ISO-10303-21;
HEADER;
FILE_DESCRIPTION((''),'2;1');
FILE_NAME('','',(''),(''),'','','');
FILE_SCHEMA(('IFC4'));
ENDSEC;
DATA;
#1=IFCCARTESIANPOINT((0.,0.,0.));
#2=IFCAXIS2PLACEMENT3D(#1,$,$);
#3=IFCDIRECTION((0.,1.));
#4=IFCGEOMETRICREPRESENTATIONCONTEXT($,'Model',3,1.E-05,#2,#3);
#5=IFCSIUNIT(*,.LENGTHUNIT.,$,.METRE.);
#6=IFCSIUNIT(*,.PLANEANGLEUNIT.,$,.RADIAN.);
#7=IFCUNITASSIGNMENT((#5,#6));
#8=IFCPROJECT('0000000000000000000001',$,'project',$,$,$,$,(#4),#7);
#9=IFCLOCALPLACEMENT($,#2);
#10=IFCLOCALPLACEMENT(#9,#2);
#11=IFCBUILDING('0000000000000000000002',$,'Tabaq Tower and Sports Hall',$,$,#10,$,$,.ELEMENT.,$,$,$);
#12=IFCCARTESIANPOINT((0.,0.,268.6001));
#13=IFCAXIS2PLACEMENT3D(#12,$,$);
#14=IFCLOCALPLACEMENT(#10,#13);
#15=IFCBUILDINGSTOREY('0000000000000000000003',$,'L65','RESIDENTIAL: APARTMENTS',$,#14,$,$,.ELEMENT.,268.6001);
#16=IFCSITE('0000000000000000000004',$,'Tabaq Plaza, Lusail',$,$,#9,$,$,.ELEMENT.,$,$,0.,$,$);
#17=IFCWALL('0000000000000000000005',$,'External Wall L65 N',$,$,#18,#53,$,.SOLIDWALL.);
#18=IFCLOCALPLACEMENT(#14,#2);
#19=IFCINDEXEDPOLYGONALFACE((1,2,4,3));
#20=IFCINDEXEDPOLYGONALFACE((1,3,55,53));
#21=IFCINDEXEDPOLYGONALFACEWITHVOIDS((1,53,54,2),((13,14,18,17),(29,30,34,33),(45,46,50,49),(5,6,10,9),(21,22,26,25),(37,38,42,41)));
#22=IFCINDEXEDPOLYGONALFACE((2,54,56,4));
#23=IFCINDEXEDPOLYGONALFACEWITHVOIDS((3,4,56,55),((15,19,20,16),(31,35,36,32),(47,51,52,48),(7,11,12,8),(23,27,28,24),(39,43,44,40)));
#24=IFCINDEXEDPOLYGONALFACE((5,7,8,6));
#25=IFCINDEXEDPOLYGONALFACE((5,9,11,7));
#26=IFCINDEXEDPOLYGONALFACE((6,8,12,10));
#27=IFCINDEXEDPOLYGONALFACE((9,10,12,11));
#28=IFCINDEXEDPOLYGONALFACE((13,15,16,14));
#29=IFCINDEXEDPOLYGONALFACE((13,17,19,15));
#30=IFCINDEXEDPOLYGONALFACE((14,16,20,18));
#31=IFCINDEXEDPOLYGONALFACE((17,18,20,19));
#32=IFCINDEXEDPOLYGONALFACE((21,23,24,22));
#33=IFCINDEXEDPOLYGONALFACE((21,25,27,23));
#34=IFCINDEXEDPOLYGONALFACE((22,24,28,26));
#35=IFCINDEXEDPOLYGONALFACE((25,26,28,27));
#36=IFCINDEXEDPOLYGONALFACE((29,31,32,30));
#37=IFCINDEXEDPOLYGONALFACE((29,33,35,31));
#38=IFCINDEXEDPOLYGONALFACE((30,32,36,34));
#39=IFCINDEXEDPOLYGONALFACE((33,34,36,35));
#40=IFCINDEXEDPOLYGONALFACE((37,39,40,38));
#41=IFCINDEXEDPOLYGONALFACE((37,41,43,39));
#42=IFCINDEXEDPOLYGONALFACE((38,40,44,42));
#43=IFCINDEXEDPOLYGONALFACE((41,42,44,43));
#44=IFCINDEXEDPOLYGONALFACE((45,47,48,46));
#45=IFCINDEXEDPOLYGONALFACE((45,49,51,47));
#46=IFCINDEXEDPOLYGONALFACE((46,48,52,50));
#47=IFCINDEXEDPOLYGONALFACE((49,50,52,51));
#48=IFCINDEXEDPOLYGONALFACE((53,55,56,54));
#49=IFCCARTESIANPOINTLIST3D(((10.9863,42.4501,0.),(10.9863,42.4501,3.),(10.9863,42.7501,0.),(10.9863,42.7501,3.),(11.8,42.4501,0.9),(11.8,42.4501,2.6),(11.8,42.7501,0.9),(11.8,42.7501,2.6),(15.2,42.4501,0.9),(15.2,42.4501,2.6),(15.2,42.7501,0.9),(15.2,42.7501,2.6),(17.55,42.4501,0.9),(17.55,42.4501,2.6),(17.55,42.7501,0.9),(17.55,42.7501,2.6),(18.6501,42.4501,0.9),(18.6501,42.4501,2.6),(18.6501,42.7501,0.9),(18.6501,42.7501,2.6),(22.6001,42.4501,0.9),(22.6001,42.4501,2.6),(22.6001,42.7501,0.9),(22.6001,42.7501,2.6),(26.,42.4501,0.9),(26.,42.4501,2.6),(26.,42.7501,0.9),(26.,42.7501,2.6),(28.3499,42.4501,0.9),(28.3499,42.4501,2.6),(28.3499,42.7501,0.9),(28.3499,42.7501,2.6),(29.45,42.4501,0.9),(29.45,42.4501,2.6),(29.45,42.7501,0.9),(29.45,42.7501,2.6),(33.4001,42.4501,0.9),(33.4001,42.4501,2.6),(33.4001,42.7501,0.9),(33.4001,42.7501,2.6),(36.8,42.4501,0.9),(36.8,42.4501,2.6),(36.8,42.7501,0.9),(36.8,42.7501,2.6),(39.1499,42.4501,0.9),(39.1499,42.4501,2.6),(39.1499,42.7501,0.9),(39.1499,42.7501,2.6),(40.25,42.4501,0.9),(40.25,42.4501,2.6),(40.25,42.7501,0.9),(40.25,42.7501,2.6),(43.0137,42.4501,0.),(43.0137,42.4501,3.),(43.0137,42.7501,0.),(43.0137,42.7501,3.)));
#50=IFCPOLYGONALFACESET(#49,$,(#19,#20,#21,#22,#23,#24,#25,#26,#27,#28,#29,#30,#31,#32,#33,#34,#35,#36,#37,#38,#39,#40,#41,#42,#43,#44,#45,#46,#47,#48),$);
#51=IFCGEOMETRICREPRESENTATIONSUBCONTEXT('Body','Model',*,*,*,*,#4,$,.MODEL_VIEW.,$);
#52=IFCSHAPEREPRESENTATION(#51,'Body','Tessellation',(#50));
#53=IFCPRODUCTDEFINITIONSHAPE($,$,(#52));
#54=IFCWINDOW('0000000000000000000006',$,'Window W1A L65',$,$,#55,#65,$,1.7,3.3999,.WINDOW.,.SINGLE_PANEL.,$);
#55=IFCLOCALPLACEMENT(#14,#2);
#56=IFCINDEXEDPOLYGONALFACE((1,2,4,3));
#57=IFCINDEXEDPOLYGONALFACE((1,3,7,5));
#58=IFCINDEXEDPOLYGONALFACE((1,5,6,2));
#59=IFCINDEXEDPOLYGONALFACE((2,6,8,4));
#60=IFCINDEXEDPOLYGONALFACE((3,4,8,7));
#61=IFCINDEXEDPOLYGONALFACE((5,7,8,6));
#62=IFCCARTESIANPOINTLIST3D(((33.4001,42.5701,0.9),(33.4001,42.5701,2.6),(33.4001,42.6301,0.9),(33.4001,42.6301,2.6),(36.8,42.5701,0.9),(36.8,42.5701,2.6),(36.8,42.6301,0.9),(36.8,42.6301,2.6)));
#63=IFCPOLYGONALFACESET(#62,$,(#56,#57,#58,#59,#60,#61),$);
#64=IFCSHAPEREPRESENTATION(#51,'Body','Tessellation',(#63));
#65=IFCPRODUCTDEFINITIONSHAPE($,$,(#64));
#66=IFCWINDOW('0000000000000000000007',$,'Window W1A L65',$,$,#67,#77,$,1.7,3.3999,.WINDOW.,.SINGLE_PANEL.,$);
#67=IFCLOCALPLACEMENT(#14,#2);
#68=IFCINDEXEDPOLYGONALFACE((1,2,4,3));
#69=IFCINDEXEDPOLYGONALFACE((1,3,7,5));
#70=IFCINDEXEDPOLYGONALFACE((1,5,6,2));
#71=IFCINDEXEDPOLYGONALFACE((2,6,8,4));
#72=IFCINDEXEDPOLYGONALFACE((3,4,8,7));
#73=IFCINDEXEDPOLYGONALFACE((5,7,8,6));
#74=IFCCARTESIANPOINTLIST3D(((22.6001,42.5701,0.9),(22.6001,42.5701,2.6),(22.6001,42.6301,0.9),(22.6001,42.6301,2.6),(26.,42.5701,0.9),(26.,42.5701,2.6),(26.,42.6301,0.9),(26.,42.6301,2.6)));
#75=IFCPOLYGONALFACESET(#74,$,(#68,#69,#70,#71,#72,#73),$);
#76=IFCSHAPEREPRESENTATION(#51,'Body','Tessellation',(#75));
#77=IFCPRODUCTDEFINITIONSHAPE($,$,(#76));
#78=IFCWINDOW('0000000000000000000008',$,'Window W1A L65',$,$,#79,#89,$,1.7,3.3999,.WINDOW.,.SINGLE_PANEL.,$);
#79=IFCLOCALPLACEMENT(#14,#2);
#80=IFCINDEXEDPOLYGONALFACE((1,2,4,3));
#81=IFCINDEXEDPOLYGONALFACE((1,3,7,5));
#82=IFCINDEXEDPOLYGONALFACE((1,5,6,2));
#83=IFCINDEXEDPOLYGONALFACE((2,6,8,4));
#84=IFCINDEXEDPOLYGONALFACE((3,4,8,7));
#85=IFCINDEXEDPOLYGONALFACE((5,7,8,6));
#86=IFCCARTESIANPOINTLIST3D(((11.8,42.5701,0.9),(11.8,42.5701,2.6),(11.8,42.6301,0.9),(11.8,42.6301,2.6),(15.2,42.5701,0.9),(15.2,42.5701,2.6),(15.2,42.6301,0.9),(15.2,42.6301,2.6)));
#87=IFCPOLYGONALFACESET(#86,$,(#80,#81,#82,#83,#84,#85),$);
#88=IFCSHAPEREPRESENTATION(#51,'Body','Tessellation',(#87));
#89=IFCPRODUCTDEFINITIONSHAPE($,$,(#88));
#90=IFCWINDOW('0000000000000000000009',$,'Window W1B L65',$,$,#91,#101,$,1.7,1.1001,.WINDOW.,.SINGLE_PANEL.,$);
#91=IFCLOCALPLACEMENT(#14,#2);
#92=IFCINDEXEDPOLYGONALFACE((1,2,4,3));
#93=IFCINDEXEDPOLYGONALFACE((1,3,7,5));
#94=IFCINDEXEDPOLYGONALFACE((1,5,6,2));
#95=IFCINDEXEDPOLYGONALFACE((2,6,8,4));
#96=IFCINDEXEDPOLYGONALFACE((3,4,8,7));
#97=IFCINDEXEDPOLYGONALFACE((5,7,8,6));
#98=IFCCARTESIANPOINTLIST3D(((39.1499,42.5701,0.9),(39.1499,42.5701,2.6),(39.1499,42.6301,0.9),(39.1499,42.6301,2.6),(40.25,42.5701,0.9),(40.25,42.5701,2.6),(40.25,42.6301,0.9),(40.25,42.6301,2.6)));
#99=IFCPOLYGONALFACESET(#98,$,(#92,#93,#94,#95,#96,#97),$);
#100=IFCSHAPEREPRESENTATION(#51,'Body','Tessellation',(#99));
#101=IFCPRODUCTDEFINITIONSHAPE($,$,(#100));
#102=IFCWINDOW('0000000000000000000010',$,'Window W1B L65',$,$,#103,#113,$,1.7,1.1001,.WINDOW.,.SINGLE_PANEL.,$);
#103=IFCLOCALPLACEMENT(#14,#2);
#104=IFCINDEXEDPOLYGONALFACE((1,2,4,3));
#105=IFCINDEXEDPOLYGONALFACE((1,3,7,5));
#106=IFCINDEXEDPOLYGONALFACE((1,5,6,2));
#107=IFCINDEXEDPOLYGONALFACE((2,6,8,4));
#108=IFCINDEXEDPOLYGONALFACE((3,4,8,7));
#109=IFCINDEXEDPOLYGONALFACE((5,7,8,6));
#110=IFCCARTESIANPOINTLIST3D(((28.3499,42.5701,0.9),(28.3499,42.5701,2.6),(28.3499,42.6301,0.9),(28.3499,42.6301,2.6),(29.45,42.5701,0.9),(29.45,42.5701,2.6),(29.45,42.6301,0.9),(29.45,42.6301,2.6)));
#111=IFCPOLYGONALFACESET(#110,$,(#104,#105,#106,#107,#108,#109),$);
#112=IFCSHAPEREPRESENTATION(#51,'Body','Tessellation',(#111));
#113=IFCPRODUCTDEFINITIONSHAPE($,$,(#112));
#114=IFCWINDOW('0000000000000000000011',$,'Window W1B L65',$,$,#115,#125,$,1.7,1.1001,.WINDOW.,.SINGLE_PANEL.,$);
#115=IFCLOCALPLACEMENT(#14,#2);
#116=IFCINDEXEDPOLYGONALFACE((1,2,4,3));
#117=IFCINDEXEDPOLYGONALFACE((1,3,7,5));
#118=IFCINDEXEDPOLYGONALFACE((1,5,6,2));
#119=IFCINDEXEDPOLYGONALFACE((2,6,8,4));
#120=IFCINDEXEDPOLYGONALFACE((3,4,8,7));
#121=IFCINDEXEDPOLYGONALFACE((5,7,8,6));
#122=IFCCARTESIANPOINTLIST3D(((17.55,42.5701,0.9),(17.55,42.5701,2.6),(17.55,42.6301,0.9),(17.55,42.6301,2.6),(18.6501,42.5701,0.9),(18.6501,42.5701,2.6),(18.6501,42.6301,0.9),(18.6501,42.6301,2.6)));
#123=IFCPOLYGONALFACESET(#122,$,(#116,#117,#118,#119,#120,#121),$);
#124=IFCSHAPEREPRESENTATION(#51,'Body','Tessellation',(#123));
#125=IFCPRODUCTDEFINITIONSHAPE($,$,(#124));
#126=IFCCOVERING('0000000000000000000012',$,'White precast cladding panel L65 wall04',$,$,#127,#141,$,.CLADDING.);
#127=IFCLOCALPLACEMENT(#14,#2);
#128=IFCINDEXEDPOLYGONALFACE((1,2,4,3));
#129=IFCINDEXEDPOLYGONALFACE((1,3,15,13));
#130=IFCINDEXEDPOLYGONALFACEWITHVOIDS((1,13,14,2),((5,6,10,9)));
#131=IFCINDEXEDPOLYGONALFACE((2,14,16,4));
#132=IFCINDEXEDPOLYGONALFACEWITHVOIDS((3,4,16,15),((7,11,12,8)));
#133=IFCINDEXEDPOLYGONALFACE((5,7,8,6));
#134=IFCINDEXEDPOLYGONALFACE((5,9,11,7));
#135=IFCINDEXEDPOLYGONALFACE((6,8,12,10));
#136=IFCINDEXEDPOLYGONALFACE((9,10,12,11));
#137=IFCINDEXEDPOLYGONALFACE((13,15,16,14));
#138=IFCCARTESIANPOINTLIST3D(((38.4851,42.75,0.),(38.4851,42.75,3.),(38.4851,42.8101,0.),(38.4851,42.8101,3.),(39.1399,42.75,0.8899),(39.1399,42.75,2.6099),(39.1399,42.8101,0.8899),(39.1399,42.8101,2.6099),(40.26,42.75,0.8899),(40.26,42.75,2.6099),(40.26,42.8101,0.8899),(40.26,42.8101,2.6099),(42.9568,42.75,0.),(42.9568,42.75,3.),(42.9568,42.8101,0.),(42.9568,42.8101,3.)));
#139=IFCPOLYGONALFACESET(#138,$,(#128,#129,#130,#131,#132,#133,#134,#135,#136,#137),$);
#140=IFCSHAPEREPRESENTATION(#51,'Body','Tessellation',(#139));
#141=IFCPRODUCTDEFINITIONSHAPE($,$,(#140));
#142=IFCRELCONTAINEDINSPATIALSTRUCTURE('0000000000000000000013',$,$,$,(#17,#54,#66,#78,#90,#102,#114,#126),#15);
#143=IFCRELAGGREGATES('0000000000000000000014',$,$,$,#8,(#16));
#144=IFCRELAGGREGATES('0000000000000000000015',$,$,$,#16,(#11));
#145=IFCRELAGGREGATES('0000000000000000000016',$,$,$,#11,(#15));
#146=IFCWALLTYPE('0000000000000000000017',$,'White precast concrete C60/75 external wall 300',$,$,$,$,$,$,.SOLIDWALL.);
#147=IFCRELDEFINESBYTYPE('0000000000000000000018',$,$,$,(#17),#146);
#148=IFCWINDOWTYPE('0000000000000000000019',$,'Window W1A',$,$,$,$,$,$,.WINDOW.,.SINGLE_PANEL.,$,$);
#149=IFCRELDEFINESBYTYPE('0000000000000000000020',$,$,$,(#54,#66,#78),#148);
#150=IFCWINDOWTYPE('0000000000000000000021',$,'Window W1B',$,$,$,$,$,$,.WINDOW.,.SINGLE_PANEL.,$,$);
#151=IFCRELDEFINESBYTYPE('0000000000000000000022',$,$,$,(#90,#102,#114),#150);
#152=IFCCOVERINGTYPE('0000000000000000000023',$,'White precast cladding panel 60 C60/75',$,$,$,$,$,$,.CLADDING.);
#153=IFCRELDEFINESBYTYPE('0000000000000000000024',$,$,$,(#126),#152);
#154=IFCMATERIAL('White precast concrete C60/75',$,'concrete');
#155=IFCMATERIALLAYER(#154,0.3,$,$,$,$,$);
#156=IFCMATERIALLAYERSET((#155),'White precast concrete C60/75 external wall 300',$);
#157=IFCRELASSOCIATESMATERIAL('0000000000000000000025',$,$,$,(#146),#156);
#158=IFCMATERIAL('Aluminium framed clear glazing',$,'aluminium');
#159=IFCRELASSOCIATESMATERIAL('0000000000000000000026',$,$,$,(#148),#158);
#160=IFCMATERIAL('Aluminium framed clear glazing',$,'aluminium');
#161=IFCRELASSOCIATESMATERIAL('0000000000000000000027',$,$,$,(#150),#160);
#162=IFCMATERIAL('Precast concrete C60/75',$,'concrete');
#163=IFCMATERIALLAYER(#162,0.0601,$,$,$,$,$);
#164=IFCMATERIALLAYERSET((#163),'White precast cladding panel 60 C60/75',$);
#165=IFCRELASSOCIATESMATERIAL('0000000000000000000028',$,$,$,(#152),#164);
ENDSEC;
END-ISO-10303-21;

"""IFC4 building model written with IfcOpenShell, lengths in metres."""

from ifc_helpers import new_model, si_unit, direction, frame, frame_2d, origin, place, context, subcontext, project, spatial, polyline, rectangle, outline, extrude, material, layer, layer_set, type_object, element, fill, save


model = new_model("IFC4")

# Units and contexts
model_context = context("Model", 3, precision=1e-05, world=origin(), true_north=direction((0.0, 1.0)))
body_context = subcontext(model_context, "Body", "Model", "MODEL_VIEW")
ifc_project = project(units=[si_unit("LENGTHUNIT", "METRE"), si_unit("PLANEANGLEUNIT", "RADIAN")], contexts=[model_context])

# Site, building, storey
site_placement = place(None, origin())
site = spatial("IfcSite", under=ifc_project, at=site_placement, Name="Tabaq Plaza, Lusail", CompositionType="ELEMENT", RefElevation=0.0)
building_placement = place(site_placement, origin())
building = spatial("IfcBuilding", under=site, at=building_placement, Name="Tabaq Tower and Sports Hall", CompositionType="ELEMENT")
storey_placement = place(building_placement, frame((0.0, 0.0, 268.6001)))
storey = spatial("IfcBuildingStorey", under=building, at=storey_placement, Name="L65", Description="RESIDENTIAL: APARTMENTS", CompositionType="ELEMENT", Elevation=268.6001)

# Wall, openings, windows
ifc_material_1 = material(Name="White precast concrete C60/75", Category="concrete")
ifc_layer_1 = layer(ifc_material_1, 0.3)
ifc_layer_set_1 = layer_set([ifc_layer_1], Name="White precast concrete C60/75 external wall 300")
wall_type_1 = type_object("IfcWallType", Name="White precast concrete C60/75 external wall 300", PredefinedType="SOLIDWALL", material=ifc_layer_set_1)
wall_1_placement = place(storey_placement, frame((43.0137, 42.6001, 0.0), z_axis=(0.0, 0.0, 1.0), x_axis=(-1.0, 0.0, 0.0)))
wall_1 = element("IfcWall", 1, at=wall_1_placement, inside=storey, type_object=wall_type_1, Name="External Wall L65 N", PredefinedType="SOLIDWALL", context=body_context, shape_type="SweptSolid", body=[
    extrude(rectangle(XDim=32.0273, YDim=0.3, at=frame_2d((16.0137, 0.0))), origin(), (0.0, 0.0, 1.0), 3.0),
])
opening_1_placement = place(wall_1_placement, frame((2.7637, 0.0, 0.8999)))
opening_1 = element("IfcOpeningElement", 2, at=opening_1_placement, cuts=wall_1, PredefinedType="OPENING", context=body_context, shape_type="SweptSolid", body=[
    extrude(rectangle(XDim=1.1001, YDim=1.7, at=frame_2d((0.55, 0.8501))), frame((0.0, 0.1602, 0.0), z_axis=(0.0, -1.0, 0.0), x_axis=(1.0, 0.0, 0.0)), (0.0, 0.0, 1.0), 0.3201),
])
opening_2_placement = place(wall_1_placement, frame((6.2136, 0.0, 0.8999)))
opening_2 = element("IfcOpeningElement", 3, at=opening_2_placement, cuts=wall_1, PredefinedType="OPENING", context=body_context, shape_type="SweptSolid", body=[
    extrude(rectangle(XDim=3.3999, YDim=1.7, at=frame_2d((1.7, 0.8501))), frame((0.0, 0.1602, 0.0), z_axis=(0.0, -1.0, 0.0), x_axis=(1.0, 0.0, 0.0)), (0.0, 0.0, 1.0), 0.3201),
])
opening_3_placement = place(wall_1_placement, frame((13.5637, 0.0, 0.8999)))
opening_3 = element("IfcOpeningElement", 4, at=opening_3_placement, cuts=wall_1, PredefinedType="OPENING", context=body_context, shape_type="SweptSolid", body=[
    extrude(rectangle(XDim=1.1001, YDim=1.7, at=frame_2d((0.55, 0.8501))), frame((0.0, 0.1602, 0.0), z_axis=(0.0, -1.0, 0.0), x_axis=(1.0, 0.0, 0.0)), (0.0, 0.0, 1.0), 0.3201),
])
opening_4_placement = place(wall_1_placement, frame((17.0137, 0.0, 0.8999)))
opening_4 = element("IfcOpeningElement", 5, at=opening_4_placement, cuts=wall_1, PredefinedType="OPENING", context=body_context, shape_type="SweptSolid", body=[
    extrude(rectangle(XDim=3.3999, YDim=1.7, at=frame_2d((1.7, 0.8501))), frame((0.0, 0.1602, 0.0), z_axis=(0.0, -1.0, 0.0), x_axis=(1.0, 0.0, 0.0)), (0.0, 0.0, 1.0), 0.3201),
])
opening_5_placement = place(wall_1_placement, frame((24.3635, 0.0, 0.8999)))
opening_5 = element("IfcOpeningElement", 6, at=opening_5_placement, cuts=wall_1, PredefinedType="OPENING", context=body_context, shape_type="SweptSolid", body=[
    extrude(rectangle(XDim=1.1001, YDim=1.7, at=frame_2d((0.55, 0.8501))), frame((0.0, 0.1602, 0.0), z_axis=(0.0, -1.0, 0.0), x_axis=(1.0, 0.0, 0.0)), (0.0, 0.0, 1.0), 0.3201),
])
opening_6_placement = place(wall_1_placement, frame((27.8137, 0.0, 0.8999)))
opening_6 = element("IfcOpeningElement", 7, at=opening_6_placement, cuts=wall_1, PredefinedType="OPENING", context=body_context, shape_type="SweptSolid", body=[
    extrude(rectangle(XDim=3.3999, YDim=1.7, at=frame_2d((1.7, 0.8501))), frame((0.0, 0.1602, 0.0), z_axis=(0.0, -1.0, 0.0), x_axis=(1.0, 0.0, 0.0)), (0.0, 0.0, 1.0), 0.3201),
])
ifc_material_2 = material(Name="Aluminium framed clear glazing", Category="aluminium")
window_type_1 = type_object("IfcWindowType", Name="Window W1A", PartitioningType="SINGLE_PANEL", PredefinedType="WINDOW", material=ifc_material_2)
window_1_placement = place(opening_2_placement, origin())
window_1 = element("IfcWindow", 8, at=window_1_placement, inside=storey, type_object=window_type_1, Name="Window W1A L65", OverallHeight=1.7, OverallWidth=3.3999, PartitioningType="SINGLE_PANEL", PredefinedType="WINDOW", context=body_context, shape_type="SweptSolid", body=[
    extrude(rectangle(XDim=3.3999, YDim=1.7, at=frame_2d((1.7, 0.8501))), frame((0.0, 0.03, 0.0), z_axis=(0.0, -1.0, 0.0), x_axis=(1.0, 0.0, 0.0)), (0.0, 0.0, 1.0), 0.0601),
])
fill(opening_2, window_1)
window_2_placement = place(opening_4_placement, origin())
window_2 = element("IfcWindow", 9, at=window_2_placement, inside=storey, type_object=window_type_1, Name="Window W1A L65", OverallHeight=1.7, OverallWidth=3.3999, PartitioningType="SINGLE_PANEL", PredefinedType="WINDOW", context=body_context, shape_type="SweptSolid", body=[
    extrude(rectangle(XDim=3.3999, YDim=1.7, at=frame_2d((1.7, 0.8501))), frame((0.0, 0.03, 0.0), z_axis=(0.0, -1.0, 0.0), x_axis=(1.0, 0.0, 0.0)), (0.0, 0.0, 1.0), 0.0601),
])
fill(opening_4, window_2)
window_3_placement = place(opening_6_placement, origin())
window_3 = element("IfcWindow", 10, at=window_3_placement, inside=storey, type_object=window_type_1, Name="Window W1A L65", OverallHeight=1.7, OverallWidth=3.3999, PartitioningType="SINGLE_PANEL", PredefinedType="WINDOW", context=body_context, shape_type="SweptSolid", body=[
    extrude(rectangle(XDim=3.3999, YDim=1.7, at=frame_2d((1.7, 0.8501))), frame((0.0, 0.03, 0.0), z_axis=(0.0, -1.0, 0.0), x_axis=(1.0, 0.0, 0.0)), (0.0, 0.0, 1.0), 0.0601),
])
fill(opening_6, window_3)
ifc_material_3 = material(Name="Aluminium framed clear glazing", Category="aluminium")
window_type_2 = type_object("IfcWindowType", Name="Window W1B", PartitioningType="SINGLE_PANEL", PredefinedType="WINDOW", material=ifc_material_3)
window_4_placement = place(opening_1_placement, origin())
window_4 = element("IfcWindow", 11, at=window_4_placement, inside=storey, type_object=window_type_2, Name="Window W1B L65", OverallHeight=1.7, OverallWidth=1.1001, PartitioningType="SINGLE_PANEL", PredefinedType="WINDOW", context=body_context, shape_type="SweptSolid", body=[
    extrude(rectangle(XDim=1.1001, YDim=1.7, at=frame_2d((0.55, 0.8501))), frame((0.0, 0.03, 0.0), z_axis=(0.0, -1.0, 0.0), x_axis=(1.0, 0.0, 0.0)), (0.0, 0.0, 1.0), 0.0601),
])
fill(opening_1, window_4)
window_5_placement = place(opening_3_placement, origin())
window_5 = element("IfcWindow", 12, at=window_5_placement, inside=storey, type_object=window_type_2, Name="Window W1B L65", OverallHeight=1.7, OverallWidth=1.1001, PartitioningType="SINGLE_PANEL", PredefinedType="WINDOW", context=body_context, shape_type="SweptSolid", body=[
    extrude(rectangle(XDim=1.1001, YDim=1.7, at=frame_2d((0.55, 0.8501))), frame((0.0, 0.03, 0.0), z_axis=(0.0, -1.0, 0.0), x_axis=(1.0, 0.0, 0.0)), (0.0, 0.0, 1.0), 0.0601),
])
fill(opening_3, window_5)
window_6_placement = place(opening_5_placement, origin())
window_6 = element("IfcWindow", 13, at=window_6_placement, inside=storey, type_object=window_type_2, Name="Window W1B L65", OverallHeight=1.7, OverallWidth=1.1001, PartitioningType="SINGLE_PANEL", PredefinedType="WINDOW", context=body_context, shape_type="SweptSolid", body=[
    extrude(rectangle(XDim=1.1001, YDim=1.7, at=frame_2d((0.55, 0.8501))), frame((0.0, 0.03, 0.0), z_axis=(0.0, -1.0, 0.0), x_axis=(1.0, 0.0, 0.0)), (0.0, 0.0, 1.0), 0.0601),
])
fill(opening_5, window_6)

# Covering
ifc_material_4 = material(Name="Precast concrete C60/75", Category="concrete")
ifc_layer_2 = layer(ifc_material_4, 0.0601)
ifc_layer_set_2 = layer_set([ifc_layer_2], Name="White precast cladding panel 60 C60/75")
covering_type = type_object("IfcCoveringType", Name="White precast cladding panel 60 C60/75", PredefinedType="CLADDING", material=ifc_layer_set_2)
covering_placement = place(storey_placement, frame((42.9568, 42.78, 0.0), z_axis=(0.0, 0.0, 1.0), x_axis=(-1.0, 0.0, 0.0)))
element("IfcCovering", 14, at=covering_placement, inside=storey, type_object=covering_type, Name="White precast cladding panel L65 wall04", PredefinedType="CLADDING", context=body_context, shape_type="SweptSolid", body=[
    extrude(outline(polyline([(0.0, 0.0), (4.4717, 0.0), (4.4717, 3.0), (0.0, 3.0), (0.0, 0.0)]), holes=[polyline([(2.6968, 0.8899), (2.6968, 2.6099), (3.8169, 2.6099), (3.8169, 0.8899), (2.6968, 0.8899)])]), frame((0.0, 0.03, 0.0), z_axis=(0.0, -1.0, 0.0), x_axis=(1.0, 0.0, 0.0)), (0.0, 0.0, 1.0), 0.0601),
])

save(model, "model.ifc")
